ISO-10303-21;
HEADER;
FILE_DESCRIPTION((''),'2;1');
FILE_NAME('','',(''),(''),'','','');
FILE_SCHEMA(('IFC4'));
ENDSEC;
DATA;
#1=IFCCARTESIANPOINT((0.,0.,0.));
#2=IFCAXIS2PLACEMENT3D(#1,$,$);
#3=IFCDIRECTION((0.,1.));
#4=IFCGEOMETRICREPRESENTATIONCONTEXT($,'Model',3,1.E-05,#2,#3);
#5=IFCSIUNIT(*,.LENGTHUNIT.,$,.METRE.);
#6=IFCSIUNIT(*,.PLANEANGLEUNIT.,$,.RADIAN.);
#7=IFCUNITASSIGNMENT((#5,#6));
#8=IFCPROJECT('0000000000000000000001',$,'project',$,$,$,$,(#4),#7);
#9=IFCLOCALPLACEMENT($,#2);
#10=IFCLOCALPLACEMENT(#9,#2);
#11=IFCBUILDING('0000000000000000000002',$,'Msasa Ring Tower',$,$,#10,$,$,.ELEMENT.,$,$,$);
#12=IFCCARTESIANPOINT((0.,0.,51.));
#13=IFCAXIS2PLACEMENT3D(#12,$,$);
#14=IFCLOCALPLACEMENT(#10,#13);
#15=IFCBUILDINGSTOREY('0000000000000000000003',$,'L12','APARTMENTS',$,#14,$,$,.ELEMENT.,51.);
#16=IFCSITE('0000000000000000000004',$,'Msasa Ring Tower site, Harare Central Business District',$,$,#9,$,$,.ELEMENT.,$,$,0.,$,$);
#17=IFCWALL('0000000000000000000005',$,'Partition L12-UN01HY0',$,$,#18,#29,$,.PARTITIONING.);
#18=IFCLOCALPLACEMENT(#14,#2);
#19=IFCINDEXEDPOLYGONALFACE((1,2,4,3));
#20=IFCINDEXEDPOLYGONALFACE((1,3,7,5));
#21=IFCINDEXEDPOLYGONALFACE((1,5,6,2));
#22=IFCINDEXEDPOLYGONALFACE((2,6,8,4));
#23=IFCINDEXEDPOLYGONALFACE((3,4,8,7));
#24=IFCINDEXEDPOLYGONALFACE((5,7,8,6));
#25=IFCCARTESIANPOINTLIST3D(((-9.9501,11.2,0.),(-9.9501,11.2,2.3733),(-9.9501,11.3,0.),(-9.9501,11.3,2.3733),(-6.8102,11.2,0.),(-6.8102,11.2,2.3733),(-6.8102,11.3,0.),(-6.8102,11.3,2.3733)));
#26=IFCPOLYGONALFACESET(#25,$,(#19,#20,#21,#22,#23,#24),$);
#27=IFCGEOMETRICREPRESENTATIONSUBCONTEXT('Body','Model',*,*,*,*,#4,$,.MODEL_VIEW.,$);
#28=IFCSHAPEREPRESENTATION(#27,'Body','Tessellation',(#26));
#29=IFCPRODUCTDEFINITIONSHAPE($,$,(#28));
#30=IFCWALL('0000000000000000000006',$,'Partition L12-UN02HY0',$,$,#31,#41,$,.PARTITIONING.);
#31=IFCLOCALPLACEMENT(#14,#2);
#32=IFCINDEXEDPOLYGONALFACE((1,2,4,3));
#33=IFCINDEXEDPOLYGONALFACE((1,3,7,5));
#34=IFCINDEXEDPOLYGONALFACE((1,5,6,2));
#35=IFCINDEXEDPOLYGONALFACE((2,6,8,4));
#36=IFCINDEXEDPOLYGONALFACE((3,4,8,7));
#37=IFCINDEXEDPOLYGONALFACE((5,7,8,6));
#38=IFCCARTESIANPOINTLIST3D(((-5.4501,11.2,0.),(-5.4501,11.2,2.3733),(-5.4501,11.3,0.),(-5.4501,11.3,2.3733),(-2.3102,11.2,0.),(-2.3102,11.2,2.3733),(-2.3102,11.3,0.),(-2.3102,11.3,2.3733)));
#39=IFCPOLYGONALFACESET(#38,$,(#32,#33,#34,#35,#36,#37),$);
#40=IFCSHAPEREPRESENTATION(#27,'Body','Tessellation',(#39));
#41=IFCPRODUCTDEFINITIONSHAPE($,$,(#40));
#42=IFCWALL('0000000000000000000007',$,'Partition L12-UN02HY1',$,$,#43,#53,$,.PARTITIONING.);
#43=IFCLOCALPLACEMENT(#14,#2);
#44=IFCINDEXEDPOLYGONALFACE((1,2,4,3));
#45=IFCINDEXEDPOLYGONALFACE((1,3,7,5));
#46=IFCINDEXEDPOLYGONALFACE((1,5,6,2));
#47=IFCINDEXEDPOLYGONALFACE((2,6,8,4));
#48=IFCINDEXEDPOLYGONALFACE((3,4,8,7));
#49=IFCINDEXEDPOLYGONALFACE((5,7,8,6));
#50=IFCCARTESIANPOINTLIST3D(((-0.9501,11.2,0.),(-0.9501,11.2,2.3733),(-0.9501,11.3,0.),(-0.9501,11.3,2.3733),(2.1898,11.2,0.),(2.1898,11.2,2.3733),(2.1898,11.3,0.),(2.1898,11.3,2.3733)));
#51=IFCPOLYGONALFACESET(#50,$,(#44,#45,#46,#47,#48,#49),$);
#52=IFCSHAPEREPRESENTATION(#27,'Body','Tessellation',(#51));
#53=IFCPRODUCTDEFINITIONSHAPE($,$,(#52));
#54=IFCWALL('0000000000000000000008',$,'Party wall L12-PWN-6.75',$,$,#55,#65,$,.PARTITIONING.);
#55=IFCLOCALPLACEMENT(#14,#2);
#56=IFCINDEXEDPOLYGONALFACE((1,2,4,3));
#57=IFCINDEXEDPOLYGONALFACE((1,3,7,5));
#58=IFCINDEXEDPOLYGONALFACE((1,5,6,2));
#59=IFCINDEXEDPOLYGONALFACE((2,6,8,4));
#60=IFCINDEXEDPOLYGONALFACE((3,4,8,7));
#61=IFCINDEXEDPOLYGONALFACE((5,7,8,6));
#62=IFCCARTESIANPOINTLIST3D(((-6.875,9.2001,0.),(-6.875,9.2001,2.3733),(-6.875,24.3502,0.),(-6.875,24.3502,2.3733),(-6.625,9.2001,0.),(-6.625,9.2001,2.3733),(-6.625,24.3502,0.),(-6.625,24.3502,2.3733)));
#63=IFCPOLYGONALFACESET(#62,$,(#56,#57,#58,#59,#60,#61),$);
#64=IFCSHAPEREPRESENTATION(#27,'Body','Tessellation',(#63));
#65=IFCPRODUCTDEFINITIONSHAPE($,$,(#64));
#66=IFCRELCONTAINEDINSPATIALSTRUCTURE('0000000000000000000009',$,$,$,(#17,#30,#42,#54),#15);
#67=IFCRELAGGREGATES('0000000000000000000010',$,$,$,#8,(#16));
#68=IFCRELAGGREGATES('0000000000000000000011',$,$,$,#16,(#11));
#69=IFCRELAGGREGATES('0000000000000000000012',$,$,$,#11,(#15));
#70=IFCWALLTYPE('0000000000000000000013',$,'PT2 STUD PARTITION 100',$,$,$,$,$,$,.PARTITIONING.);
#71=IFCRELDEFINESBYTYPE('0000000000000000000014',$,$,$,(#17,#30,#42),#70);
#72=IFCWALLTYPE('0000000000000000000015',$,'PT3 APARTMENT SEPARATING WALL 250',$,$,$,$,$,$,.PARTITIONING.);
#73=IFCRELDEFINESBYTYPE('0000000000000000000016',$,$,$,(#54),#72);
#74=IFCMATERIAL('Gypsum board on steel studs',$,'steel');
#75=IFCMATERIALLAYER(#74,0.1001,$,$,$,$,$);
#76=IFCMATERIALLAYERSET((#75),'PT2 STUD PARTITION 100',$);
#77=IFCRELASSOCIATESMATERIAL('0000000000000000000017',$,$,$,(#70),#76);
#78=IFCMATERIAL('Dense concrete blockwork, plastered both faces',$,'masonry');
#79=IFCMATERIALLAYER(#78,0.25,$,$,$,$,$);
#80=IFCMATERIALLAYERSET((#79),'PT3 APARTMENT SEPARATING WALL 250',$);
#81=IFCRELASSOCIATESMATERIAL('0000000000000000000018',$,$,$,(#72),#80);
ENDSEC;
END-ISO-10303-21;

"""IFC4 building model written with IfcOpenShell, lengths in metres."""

from ifc_helpers import new_model, si_unit, direction, frame, frame_2d, origin, place, context, subcontext, project, spatial, rectangle, extrude, material, layer, layer_set, type_object, element, save


model = new_model("IFC4")

# Units and contexts
model_context = context("Model", 3, precision=1e-05, world=origin(), true_north=direction((0.0, 1.0)))
body_context = subcontext(model_context, "Body", "Model", "MODEL_VIEW")
ifc_project = project(units=[si_unit("LENGTHUNIT", "METRE"), si_unit("PLANEANGLEUNIT", "RADIAN")], contexts=[model_context])

# Site, building, storey
site_placement = place(None, origin())
site = spatial("IfcSite", under=ifc_project, at=site_placement, Name="Msasa Ring Tower site, Harare Central Business District", CompositionType="ELEMENT", RefElevation=0.0)
building_placement = place(site_placement, origin())
building = spatial("IfcBuilding", under=site, at=building_placement, Name="Msasa Ring Tower", CompositionType="ELEMENT")
storey_placement = place(building_placement, frame((0.0, 0.0, 51.0)))
storey = spatial("IfcBuildingStorey", under=building, at=storey_placement, Name="L12", Description="APARTMENTS", CompositionType="ELEMENT", Elevation=51.0)

# Walls
ifc_material_1 = material(Name="Gypsum board on steel studs", Category="steel")
ifc_layer_1 = layer(ifc_material_1, 0.1001)
ifc_layer_set_1 = layer_set([ifc_layer_1], Name="PT2 STUD PARTITION 100")
wall_type_1 = type_object("IfcWallType", Name="PT2 STUD PARTITION 100", PredefinedType="PARTITIONING", material=ifc_layer_set_1)
for number, where, z_axis, x_axis, name in (
    (1, (-9.95, 11.25, 0.0), (0.0, 0.0, 1.0), (1.0, 0.0, 0.0), "Partition L12-UN01HY0"),
    (2, (-5.45, 11.25, 0.0), (0.0, 0.0, 1.0), (1.0, 0.0, 0.0), "Partition L12-UN02HY0"),
    (3, (-0.95, 11.25, 0.0), (0.0, 0.0, 1.0), (1.0, 0.0, 0.0), "Partition L12-UN02HY1"),
):
    element("IfcWall", number, at=place(storey_placement, frame(where, z_axis=z_axis, x_axis=x_axis)), inside=storey, type_object=wall_type_1, Name=name, PredefinedType="PARTITIONING", context=body_context, shape_type="SweptSolid", body=[
        extrude(rectangle(XDim=3.1399, YDim=0.1001, at=frame_2d((1.5698, 0.0))), origin(), (0.0, 0.0, 1.0), 2.3733),
    ])
ifc_material_2 = material(Name="Dense concrete blockwork, plastered both faces", Category="masonry")
ifc_layer_2 = layer(ifc_material_2, 0.25)
ifc_layer_set_2 = layer_set([ifc_layer_2], Name="PT3 APARTMENT SEPARATING WALL 250")
wall_type_2 = type_object("IfcWallType", Name="PT3 APARTMENT SEPARATING WALL 250", PredefinedType="PARTITIONING", material=ifc_layer_set_2)
wall_1_placement = place(storey_placement, frame((-6.75, 9.2, 0.0), z_axis=(0.0, 0.0, 1.0), x_axis=(0.0, 1.0, 0.0)))
element("IfcWall", 4, at=wall_1_placement, inside=storey, type_object=wall_type_2, Name="Party wall L12-PWN-6.75", PredefinedType="PARTITIONING", context=body_context, shape_type="SweptSolid", body=[
    extrude(rectangle(XDim=15.1501, YDim=0.25, at=frame_2d((7.5752, 0.0))), origin(), (0.0, 0.0, 1.0), 2.3733),
])

save(model, "model.ifc")
